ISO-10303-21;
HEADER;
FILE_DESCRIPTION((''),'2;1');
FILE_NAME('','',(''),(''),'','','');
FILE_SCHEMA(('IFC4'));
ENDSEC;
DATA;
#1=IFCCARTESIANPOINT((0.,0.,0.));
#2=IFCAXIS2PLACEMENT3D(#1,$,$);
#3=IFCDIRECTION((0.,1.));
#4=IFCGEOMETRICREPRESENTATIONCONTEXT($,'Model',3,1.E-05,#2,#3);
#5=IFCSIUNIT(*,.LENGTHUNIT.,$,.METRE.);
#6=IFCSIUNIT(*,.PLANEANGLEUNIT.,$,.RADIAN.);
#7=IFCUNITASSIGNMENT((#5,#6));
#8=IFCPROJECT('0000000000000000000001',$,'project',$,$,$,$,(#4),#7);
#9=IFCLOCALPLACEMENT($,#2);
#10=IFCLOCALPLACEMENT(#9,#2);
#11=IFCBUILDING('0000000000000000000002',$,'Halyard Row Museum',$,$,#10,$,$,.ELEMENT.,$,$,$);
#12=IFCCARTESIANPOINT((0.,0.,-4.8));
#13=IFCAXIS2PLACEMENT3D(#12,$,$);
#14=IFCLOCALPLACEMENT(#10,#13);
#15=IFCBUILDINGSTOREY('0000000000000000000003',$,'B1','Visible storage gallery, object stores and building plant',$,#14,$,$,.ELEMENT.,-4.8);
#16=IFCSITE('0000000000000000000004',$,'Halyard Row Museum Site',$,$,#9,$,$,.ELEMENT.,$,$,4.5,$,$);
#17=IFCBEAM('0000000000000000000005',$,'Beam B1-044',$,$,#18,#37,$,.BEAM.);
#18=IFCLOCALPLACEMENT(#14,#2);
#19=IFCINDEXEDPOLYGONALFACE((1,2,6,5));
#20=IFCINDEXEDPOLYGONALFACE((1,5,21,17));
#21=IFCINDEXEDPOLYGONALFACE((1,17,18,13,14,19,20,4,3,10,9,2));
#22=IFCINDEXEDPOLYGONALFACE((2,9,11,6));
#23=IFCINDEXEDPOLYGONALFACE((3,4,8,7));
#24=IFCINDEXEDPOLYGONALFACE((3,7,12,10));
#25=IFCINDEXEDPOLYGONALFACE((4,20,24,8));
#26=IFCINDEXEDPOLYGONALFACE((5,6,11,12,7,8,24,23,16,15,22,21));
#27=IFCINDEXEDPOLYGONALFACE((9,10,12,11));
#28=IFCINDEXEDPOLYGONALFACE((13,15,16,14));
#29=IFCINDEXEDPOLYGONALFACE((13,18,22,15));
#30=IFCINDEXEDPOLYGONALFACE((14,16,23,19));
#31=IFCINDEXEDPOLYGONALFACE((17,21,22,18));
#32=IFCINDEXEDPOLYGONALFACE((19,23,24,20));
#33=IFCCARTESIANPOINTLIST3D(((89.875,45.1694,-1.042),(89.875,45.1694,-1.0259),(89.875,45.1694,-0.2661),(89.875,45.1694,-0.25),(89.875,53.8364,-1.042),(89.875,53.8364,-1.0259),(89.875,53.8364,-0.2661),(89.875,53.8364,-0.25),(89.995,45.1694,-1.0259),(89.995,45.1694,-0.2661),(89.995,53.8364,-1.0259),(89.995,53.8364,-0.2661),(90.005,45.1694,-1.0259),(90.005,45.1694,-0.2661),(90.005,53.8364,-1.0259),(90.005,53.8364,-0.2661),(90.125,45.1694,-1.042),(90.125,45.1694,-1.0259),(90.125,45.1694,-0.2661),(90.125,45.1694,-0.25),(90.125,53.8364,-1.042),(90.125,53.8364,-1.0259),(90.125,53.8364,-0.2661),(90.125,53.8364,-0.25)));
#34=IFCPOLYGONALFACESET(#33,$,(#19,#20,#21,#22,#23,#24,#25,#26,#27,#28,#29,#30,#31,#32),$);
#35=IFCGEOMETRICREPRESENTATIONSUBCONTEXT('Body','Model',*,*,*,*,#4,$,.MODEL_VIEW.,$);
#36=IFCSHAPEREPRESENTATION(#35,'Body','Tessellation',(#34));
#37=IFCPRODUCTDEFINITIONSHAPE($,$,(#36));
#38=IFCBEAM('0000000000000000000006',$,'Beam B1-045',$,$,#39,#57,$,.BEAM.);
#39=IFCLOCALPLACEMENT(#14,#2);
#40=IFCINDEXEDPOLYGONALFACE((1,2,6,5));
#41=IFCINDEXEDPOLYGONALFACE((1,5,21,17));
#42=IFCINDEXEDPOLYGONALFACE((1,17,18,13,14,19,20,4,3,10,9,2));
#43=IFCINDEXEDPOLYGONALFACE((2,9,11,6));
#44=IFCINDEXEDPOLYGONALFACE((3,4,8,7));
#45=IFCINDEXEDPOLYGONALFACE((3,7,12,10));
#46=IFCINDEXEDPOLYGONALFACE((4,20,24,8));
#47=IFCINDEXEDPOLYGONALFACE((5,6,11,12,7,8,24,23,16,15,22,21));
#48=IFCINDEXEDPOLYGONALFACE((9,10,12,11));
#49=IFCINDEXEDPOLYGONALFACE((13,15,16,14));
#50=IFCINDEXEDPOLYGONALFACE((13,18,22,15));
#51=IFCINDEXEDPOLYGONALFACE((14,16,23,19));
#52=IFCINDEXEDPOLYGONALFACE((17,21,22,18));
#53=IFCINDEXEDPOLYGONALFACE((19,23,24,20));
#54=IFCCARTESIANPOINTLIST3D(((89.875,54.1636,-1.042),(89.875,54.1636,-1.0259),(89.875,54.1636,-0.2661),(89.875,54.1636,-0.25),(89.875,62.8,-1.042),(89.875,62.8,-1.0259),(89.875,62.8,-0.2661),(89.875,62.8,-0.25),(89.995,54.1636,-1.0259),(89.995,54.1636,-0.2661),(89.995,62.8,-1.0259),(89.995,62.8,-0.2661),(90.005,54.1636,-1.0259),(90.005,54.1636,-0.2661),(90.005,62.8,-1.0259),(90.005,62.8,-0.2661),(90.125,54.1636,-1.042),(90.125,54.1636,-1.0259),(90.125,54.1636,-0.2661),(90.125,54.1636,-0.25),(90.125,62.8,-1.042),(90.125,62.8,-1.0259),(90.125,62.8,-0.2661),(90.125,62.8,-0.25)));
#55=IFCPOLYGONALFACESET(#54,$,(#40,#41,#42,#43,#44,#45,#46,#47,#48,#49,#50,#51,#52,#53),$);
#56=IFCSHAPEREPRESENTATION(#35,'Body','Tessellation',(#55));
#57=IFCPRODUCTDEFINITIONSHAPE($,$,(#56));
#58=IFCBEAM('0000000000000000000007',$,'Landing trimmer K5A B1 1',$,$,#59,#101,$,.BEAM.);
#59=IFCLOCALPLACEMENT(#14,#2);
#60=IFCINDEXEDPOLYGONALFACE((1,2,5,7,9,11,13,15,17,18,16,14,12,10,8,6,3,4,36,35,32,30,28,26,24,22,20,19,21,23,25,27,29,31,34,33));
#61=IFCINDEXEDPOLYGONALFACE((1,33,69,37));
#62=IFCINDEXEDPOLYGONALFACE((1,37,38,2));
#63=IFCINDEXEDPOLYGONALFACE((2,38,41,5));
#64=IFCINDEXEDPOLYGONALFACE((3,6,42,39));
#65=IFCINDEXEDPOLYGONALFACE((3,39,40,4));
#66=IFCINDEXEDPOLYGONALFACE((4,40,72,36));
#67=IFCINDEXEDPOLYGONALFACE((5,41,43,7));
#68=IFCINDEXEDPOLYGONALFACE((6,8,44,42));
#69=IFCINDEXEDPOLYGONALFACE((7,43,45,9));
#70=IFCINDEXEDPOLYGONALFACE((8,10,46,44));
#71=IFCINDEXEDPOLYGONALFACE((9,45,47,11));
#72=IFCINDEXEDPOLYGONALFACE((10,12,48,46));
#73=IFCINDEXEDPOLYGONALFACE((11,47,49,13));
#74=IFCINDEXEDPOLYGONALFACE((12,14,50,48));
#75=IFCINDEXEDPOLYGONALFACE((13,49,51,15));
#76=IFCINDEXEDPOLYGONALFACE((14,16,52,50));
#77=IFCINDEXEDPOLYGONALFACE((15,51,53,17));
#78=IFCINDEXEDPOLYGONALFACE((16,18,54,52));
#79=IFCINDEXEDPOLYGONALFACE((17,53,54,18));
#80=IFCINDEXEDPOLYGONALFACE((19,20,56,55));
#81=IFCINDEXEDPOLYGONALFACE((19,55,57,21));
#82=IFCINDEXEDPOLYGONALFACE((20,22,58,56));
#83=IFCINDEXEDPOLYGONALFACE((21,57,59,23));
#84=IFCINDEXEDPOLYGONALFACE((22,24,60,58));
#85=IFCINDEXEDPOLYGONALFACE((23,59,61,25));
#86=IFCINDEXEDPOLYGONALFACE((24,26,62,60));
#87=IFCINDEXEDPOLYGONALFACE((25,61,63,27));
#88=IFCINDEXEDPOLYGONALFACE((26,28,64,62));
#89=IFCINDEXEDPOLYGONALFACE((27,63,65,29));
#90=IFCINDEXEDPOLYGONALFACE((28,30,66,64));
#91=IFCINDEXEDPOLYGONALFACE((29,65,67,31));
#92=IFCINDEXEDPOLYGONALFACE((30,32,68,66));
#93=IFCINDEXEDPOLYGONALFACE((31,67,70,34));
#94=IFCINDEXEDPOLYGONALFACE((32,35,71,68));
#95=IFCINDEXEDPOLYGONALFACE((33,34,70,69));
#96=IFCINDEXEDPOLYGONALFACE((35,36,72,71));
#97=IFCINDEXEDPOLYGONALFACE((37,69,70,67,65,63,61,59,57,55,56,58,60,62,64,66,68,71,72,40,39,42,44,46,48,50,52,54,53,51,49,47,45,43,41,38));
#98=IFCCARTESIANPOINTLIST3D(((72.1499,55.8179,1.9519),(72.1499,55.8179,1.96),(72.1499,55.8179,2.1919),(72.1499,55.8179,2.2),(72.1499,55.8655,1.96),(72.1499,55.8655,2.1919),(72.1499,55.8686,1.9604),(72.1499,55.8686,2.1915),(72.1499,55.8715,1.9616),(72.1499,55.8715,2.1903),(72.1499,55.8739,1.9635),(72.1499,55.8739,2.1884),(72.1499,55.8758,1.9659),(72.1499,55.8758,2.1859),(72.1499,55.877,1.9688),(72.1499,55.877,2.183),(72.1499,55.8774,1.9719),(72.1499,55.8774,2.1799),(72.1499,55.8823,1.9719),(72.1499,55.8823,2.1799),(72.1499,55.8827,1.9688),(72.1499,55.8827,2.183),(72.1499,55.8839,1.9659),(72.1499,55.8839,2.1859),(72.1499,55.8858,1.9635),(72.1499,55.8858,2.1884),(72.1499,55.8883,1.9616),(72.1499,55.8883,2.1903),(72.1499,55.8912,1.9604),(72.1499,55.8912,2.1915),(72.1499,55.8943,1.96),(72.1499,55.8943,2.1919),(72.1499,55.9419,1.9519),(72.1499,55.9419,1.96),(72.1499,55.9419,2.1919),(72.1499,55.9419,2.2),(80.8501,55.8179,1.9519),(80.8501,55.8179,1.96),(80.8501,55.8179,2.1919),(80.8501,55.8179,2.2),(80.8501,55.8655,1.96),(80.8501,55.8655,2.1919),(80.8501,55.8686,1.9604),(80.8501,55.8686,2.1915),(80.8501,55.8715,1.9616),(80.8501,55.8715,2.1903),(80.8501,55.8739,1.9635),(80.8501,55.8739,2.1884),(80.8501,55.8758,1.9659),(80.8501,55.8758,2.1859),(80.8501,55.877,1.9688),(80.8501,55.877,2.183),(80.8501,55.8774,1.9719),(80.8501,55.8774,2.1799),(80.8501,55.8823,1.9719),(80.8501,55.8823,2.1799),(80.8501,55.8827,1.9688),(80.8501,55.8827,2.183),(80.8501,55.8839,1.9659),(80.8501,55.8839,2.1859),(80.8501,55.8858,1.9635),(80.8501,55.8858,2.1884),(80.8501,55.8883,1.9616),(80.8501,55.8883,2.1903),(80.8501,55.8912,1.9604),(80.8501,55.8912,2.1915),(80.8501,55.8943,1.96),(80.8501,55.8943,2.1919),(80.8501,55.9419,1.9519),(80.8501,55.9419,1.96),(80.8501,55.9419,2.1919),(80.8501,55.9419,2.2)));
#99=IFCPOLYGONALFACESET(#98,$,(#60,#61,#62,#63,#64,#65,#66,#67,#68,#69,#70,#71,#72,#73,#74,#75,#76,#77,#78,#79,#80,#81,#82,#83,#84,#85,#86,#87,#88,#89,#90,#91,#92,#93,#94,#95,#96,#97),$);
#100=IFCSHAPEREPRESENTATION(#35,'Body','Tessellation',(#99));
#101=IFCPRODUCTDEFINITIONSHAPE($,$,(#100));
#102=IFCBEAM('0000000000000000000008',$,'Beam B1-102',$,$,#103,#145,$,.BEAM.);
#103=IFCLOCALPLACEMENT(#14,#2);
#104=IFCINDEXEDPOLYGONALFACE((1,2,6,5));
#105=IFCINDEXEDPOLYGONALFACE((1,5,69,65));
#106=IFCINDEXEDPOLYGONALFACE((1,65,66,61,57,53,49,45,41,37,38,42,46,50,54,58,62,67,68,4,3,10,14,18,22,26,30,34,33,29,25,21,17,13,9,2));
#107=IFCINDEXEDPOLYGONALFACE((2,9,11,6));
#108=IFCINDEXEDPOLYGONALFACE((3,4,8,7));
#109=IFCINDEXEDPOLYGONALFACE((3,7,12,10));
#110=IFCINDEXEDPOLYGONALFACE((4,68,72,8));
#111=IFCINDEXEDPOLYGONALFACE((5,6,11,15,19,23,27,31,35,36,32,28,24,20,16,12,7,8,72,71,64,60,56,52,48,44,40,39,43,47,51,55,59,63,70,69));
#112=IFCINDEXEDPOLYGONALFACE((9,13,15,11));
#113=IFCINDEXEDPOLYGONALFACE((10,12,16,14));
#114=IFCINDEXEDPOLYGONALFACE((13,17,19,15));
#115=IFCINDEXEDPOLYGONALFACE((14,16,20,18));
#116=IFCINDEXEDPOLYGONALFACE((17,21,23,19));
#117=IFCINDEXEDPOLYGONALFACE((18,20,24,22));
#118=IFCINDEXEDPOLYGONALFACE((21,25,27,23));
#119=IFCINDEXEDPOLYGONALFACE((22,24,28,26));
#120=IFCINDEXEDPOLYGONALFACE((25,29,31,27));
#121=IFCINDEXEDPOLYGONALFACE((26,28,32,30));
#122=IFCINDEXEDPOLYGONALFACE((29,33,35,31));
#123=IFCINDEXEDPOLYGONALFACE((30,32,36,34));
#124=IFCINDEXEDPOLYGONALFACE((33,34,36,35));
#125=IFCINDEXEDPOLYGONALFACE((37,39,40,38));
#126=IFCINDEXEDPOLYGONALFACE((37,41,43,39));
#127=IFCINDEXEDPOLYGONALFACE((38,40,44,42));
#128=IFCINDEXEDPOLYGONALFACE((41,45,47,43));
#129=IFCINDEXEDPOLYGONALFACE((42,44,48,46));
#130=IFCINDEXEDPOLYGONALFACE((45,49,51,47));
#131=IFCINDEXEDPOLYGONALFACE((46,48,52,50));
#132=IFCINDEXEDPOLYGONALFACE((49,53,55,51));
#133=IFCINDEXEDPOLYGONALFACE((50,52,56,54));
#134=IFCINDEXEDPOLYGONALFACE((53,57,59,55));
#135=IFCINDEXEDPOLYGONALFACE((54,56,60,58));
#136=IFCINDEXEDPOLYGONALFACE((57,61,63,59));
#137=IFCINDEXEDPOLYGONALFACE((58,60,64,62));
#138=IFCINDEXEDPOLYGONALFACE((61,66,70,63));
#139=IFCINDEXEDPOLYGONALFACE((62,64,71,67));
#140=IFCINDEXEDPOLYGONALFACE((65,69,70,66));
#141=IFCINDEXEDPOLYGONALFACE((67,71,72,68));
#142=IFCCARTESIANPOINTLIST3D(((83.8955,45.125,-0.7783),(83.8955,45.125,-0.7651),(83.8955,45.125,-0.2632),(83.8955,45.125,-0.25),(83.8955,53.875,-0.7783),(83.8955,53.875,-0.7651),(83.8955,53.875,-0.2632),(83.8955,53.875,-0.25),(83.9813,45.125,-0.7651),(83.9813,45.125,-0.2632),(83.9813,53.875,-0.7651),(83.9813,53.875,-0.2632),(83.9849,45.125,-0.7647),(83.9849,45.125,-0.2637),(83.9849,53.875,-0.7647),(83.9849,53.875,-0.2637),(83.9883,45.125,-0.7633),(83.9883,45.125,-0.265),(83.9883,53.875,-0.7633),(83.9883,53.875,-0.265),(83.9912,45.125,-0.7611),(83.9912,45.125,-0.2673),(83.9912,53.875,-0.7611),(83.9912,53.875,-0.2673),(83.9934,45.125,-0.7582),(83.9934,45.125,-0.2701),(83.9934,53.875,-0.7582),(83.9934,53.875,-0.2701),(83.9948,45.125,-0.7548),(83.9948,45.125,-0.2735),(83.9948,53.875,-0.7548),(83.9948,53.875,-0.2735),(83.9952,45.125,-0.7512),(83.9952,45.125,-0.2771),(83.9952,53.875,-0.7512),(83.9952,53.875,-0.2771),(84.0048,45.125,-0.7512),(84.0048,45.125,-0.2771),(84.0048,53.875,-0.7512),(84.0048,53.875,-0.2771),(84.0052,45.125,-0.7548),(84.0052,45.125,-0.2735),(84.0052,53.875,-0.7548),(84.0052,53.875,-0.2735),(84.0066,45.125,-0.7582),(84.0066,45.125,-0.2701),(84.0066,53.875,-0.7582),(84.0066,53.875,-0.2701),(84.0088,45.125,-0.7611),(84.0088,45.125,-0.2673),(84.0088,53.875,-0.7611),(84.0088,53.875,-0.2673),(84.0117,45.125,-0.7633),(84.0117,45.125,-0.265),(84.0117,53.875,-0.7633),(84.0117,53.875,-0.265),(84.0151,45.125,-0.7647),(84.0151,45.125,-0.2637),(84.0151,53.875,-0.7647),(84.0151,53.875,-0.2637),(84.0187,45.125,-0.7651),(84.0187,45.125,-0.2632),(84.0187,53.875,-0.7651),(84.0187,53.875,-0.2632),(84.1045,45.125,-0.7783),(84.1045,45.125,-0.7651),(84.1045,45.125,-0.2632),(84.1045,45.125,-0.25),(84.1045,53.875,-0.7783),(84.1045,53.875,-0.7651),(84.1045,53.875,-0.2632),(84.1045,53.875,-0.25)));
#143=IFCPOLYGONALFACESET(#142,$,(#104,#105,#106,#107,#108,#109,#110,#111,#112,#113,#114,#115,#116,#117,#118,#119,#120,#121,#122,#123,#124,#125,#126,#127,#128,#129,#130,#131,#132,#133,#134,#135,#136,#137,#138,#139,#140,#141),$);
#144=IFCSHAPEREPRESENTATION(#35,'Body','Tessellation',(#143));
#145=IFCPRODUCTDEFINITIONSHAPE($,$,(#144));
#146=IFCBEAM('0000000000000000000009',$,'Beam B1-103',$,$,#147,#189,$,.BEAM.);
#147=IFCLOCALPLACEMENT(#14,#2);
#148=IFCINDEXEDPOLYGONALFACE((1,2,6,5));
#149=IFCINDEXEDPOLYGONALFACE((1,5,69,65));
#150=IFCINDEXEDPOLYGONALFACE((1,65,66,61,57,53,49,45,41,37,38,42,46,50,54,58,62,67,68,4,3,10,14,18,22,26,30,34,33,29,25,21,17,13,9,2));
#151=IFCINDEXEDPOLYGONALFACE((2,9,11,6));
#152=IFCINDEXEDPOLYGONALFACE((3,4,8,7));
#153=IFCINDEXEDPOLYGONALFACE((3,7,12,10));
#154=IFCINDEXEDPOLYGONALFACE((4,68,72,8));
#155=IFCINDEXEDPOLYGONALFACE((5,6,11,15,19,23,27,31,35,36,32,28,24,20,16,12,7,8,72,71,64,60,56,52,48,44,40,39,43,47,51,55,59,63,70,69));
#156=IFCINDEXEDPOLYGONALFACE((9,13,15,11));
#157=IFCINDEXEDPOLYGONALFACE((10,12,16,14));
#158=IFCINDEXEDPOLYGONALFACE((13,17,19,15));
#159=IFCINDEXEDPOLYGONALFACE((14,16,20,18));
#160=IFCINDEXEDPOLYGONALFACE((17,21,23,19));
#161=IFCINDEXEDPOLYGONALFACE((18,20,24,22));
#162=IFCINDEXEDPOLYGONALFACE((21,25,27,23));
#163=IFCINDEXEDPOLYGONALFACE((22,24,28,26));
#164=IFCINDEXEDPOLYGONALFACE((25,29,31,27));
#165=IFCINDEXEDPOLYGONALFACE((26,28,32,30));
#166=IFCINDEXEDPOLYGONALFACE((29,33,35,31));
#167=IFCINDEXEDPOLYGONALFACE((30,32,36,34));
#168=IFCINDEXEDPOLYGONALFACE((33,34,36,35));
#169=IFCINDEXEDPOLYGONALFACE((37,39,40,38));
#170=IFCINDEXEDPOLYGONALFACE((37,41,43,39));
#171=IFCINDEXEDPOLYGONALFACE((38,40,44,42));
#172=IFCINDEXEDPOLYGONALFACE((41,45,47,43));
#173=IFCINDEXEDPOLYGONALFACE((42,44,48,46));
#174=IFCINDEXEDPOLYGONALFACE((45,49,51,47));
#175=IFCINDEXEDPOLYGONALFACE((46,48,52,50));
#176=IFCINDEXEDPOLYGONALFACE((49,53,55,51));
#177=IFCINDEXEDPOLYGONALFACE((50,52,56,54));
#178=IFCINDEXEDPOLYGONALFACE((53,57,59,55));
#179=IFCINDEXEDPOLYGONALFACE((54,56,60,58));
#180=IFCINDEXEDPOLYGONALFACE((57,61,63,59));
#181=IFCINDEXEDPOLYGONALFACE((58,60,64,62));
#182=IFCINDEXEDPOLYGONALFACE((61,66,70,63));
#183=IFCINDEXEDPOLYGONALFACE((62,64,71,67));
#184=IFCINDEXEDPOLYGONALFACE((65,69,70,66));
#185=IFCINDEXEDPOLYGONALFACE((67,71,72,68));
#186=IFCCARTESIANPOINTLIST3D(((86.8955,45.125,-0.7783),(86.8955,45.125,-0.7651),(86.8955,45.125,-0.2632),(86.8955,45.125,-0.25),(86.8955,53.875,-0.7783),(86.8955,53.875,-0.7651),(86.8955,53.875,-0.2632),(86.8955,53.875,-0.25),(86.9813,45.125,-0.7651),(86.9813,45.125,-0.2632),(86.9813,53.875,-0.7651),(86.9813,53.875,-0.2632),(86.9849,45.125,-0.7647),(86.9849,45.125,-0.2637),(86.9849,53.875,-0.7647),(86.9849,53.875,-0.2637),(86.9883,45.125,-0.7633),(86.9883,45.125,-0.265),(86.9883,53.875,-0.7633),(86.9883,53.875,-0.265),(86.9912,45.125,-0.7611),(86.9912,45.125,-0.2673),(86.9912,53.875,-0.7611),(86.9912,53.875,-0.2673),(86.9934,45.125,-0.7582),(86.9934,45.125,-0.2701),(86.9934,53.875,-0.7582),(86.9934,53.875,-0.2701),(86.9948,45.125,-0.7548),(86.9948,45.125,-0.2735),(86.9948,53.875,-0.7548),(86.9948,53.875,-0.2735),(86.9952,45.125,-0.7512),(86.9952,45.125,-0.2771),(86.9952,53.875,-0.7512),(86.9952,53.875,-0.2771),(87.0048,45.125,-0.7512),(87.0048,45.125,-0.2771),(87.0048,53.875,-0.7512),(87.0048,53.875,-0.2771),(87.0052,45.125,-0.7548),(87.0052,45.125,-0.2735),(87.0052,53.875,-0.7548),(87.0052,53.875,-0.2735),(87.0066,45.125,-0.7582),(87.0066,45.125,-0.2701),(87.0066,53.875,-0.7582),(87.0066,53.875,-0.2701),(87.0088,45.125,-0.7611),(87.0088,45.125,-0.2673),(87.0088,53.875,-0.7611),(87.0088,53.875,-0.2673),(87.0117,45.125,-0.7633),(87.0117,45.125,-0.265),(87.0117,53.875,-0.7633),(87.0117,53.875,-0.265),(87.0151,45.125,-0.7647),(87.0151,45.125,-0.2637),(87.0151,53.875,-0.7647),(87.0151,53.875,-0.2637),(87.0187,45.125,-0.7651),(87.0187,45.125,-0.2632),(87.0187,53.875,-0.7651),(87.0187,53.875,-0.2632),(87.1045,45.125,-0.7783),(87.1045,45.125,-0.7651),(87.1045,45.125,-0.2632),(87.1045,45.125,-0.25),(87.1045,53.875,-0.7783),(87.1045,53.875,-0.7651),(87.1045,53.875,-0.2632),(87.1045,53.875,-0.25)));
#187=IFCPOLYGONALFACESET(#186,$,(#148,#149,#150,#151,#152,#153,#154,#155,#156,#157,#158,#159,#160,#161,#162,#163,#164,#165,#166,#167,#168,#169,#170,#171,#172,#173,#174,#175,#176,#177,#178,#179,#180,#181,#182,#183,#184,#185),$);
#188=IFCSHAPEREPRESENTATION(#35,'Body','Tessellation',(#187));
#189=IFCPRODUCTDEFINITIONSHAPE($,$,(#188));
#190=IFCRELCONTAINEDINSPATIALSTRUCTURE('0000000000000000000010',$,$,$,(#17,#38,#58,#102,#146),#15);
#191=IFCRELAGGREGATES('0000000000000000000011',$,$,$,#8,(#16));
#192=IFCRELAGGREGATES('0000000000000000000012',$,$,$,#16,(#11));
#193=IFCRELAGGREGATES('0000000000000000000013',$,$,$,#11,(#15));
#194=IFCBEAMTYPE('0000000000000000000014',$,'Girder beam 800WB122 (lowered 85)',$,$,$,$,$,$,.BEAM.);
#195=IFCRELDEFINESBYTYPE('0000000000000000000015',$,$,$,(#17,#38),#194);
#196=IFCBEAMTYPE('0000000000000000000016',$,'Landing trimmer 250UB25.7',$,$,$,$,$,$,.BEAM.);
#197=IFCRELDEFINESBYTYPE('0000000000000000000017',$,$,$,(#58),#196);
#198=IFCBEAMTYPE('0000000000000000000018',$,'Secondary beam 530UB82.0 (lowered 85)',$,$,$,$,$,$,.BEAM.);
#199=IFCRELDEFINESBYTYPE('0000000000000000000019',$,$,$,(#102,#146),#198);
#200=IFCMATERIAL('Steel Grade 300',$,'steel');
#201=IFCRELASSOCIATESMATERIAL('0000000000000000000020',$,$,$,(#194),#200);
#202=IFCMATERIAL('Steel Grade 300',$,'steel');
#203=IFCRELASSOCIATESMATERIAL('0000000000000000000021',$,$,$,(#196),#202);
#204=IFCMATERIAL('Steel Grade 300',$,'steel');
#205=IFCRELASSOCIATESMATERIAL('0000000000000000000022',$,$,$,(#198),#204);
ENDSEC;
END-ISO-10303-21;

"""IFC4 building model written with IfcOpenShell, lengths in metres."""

from ifc_helpers import new_model, si_unit, direction, frame, origin, origin_2d, place, context, subcontext, project, spatial, i_section, extrude, material, material_profile, profile_set, type_object, element, save


model = new_model("IFC4")

# Units and contexts
model_context = context("Model", 3, precision=1e-05, world=origin(), true_north=direction((0.0, 1.0)))
body_context = subcontext(model_context, "Body", "Model", "MODEL_VIEW")
ifc_project = project(units=[si_unit("LENGTHUNIT", "METRE"), si_unit("PLANEANGLEUNIT", "RADIAN")], contexts=[model_context])

# Site, building, storey
site_placement = place(None, origin())
site = spatial("IfcSite", under=ifc_project, at=site_placement, Name="Halyard Row Museum Site", CompositionType="ELEMENT", RefElevation=4.5)
building_placement = place(site_placement, origin())
building = spatial("IfcBuilding", under=site, at=building_placement, Name="Halyard Row Museum", CompositionType="ELEMENT")
storey_placement = place(building_placement, frame((0.0, 0.0, -4.8)))
storey = spatial("IfcBuildingStorey", under=building, at=storey_placement, Name="B1", Description="Visible storage gallery, object stores and building plant", CompositionType="ELEMENT", Elevation=-4.8)

# Beams
ifc_material_1 = material(Name="Steel Grade 300", Category="steel")
ifc_material_profile_1 = material_profile(ifc_material_1, i_section(OverallWidth=0.25, OverallDepth=0.792, WebThickness=0.01, FlangeThickness=0.0161, at=origin_2d()), Name="800WB122")
ifc_profile_set_1 = profile_set([ifc_material_profile_1], Name="Steel Grade 300")
beam_type_1 = type_object("IfcBeamType", Name="Girder beam 800WB122 (lowered 85)", PredefinedType="BEAM", material=ifc_profile_set_1)
beam_1_placement = place(storey_placement, frame((90.0, 45.1694, -0.646), z_axis=(0.0, 1.0, 0.0), x_axis=(-1.0, 0.0, 0.0)))
element("IfcBeam", 1, at=beam_1_placement, inside=storey, type_object=beam_type_1, Name="Beam B1-044", PredefinedType="BEAM", context=body_context, shape_type="SweptSolid", body=[
    extrude(i_section(OverallWidth=0.25, OverallDepth=0.792, WebThickness=0.01, FlangeThickness=0.0161, at=origin_2d()), origin(), (0.0, 0.0, 1.0), 8.667),
])
beam_2_placement = place(storey_placement, frame((90.0, 54.1636, -0.646), z_axis=(0.0, 1.0, 0.0), x_axis=(-1.0, 0.0, 0.0)))
element("IfcBeam", 2, at=beam_2_placement, inside=storey, type_object=beam_type_1, Name="Beam B1-045", PredefinedType="BEAM", context=body_context, shape_type="SweptSolid", body=[
    extrude(i_section(OverallWidth=0.25, OverallDepth=0.792, WebThickness=0.01, FlangeThickness=0.0161, at=origin_2d()), origin(), (0.0, 0.0, 1.0), 8.6365),
])
ifc_material_2 = material(Name="Steel Grade 300", Category="steel")
ifc_material_profile_2 = material_profile(ifc_material_2, i_section(OverallWidth=0.124, OverallDepth=0.248, WebThickness=0.0049, FlangeThickness=0.0081, FilletRadius=0.012, at=origin_2d()), Name="250UB25.7")
ifc_profile_set_2 = profile_set([ifc_material_profile_2], Name="Steel Grade 300")
beam_type_2 = type_object("IfcBeamType", Name="Landing trimmer 250UB25.7", PredefinedType="BEAM", material=ifc_profile_set_2)
beam_3_placement = place(storey_placement, frame((80.8501, 55.8799, 2.0759), z_axis=(-1.0, 0.0, 0.0), x_axis=(0.0, -1.0, 0.0)))
element("IfcBeam", 3, at=beam_3_placement, inside=storey, type_object=beam_type_2, Name="Landing trimmer K5A B1 1", PredefinedType="BEAM", context=body_context, shape_type="SweptSolid", body=[
    extrude(i_section(OverallWidth=0.124, OverallDepth=0.248, WebThickness=0.0049, FlangeThickness=0.0081, FilletRadius=0.012, at=origin_2d()), origin(), (0.0, 0.0, 1.0), 8.7002),
])
ifc_material_3 = material(Name="Steel Grade 300", Category="steel")
ifc_material_profile_3 = material_profile(ifc_material_3, i_section(OverallWidth=0.209, OverallDepth=0.5283, WebThickness=0.0095, FlangeThickness=0.0132, FilletRadius=0.0139, at=origin_2d()), Name="530UB82.0")
ifc_profile_set_3 = profile_set([ifc_material_profile_3], Name="Steel Grade 300")
beam_type_3 = type_object("IfcBeamType", Name="Secondary beam 530UB82.0 (lowered 85)", PredefinedType="BEAM", material=ifc_profile_set_3)
for number, where, z_axis, x_axis, name in (
    (4, (84.0, 45.125, -0.5142), (0.0, 1.0, 0.0), (-1.0, 0.0, 0.0), "Beam B1-102"),
    (5, (87.0, 45.125, -0.5142), (0.0, 1.0, 0.0), (-1.0, 0.0, 0.0), "Beam B1-103"),
):
    element("IfcBeam", number, at=place(storey_placement, frame(where, z_axis=z_axis, x_axis=x_axis)), inside=storey, type_object=beam_type_3, Name=name, PredefinedType="BEAM", context=body_context, shape_type="SweptSolid", body=[
        extrude(i_section(OverallWidth=0.209, OverallDepth=0.5283, WebThickness=0.0095, FlangeThickness=0.0132, FilletRadius=0.0139, at=origin_2d()), origin(), (0.0, 0.0, 1.0), 8.75),
    ])

save(model, "model.ifc")
